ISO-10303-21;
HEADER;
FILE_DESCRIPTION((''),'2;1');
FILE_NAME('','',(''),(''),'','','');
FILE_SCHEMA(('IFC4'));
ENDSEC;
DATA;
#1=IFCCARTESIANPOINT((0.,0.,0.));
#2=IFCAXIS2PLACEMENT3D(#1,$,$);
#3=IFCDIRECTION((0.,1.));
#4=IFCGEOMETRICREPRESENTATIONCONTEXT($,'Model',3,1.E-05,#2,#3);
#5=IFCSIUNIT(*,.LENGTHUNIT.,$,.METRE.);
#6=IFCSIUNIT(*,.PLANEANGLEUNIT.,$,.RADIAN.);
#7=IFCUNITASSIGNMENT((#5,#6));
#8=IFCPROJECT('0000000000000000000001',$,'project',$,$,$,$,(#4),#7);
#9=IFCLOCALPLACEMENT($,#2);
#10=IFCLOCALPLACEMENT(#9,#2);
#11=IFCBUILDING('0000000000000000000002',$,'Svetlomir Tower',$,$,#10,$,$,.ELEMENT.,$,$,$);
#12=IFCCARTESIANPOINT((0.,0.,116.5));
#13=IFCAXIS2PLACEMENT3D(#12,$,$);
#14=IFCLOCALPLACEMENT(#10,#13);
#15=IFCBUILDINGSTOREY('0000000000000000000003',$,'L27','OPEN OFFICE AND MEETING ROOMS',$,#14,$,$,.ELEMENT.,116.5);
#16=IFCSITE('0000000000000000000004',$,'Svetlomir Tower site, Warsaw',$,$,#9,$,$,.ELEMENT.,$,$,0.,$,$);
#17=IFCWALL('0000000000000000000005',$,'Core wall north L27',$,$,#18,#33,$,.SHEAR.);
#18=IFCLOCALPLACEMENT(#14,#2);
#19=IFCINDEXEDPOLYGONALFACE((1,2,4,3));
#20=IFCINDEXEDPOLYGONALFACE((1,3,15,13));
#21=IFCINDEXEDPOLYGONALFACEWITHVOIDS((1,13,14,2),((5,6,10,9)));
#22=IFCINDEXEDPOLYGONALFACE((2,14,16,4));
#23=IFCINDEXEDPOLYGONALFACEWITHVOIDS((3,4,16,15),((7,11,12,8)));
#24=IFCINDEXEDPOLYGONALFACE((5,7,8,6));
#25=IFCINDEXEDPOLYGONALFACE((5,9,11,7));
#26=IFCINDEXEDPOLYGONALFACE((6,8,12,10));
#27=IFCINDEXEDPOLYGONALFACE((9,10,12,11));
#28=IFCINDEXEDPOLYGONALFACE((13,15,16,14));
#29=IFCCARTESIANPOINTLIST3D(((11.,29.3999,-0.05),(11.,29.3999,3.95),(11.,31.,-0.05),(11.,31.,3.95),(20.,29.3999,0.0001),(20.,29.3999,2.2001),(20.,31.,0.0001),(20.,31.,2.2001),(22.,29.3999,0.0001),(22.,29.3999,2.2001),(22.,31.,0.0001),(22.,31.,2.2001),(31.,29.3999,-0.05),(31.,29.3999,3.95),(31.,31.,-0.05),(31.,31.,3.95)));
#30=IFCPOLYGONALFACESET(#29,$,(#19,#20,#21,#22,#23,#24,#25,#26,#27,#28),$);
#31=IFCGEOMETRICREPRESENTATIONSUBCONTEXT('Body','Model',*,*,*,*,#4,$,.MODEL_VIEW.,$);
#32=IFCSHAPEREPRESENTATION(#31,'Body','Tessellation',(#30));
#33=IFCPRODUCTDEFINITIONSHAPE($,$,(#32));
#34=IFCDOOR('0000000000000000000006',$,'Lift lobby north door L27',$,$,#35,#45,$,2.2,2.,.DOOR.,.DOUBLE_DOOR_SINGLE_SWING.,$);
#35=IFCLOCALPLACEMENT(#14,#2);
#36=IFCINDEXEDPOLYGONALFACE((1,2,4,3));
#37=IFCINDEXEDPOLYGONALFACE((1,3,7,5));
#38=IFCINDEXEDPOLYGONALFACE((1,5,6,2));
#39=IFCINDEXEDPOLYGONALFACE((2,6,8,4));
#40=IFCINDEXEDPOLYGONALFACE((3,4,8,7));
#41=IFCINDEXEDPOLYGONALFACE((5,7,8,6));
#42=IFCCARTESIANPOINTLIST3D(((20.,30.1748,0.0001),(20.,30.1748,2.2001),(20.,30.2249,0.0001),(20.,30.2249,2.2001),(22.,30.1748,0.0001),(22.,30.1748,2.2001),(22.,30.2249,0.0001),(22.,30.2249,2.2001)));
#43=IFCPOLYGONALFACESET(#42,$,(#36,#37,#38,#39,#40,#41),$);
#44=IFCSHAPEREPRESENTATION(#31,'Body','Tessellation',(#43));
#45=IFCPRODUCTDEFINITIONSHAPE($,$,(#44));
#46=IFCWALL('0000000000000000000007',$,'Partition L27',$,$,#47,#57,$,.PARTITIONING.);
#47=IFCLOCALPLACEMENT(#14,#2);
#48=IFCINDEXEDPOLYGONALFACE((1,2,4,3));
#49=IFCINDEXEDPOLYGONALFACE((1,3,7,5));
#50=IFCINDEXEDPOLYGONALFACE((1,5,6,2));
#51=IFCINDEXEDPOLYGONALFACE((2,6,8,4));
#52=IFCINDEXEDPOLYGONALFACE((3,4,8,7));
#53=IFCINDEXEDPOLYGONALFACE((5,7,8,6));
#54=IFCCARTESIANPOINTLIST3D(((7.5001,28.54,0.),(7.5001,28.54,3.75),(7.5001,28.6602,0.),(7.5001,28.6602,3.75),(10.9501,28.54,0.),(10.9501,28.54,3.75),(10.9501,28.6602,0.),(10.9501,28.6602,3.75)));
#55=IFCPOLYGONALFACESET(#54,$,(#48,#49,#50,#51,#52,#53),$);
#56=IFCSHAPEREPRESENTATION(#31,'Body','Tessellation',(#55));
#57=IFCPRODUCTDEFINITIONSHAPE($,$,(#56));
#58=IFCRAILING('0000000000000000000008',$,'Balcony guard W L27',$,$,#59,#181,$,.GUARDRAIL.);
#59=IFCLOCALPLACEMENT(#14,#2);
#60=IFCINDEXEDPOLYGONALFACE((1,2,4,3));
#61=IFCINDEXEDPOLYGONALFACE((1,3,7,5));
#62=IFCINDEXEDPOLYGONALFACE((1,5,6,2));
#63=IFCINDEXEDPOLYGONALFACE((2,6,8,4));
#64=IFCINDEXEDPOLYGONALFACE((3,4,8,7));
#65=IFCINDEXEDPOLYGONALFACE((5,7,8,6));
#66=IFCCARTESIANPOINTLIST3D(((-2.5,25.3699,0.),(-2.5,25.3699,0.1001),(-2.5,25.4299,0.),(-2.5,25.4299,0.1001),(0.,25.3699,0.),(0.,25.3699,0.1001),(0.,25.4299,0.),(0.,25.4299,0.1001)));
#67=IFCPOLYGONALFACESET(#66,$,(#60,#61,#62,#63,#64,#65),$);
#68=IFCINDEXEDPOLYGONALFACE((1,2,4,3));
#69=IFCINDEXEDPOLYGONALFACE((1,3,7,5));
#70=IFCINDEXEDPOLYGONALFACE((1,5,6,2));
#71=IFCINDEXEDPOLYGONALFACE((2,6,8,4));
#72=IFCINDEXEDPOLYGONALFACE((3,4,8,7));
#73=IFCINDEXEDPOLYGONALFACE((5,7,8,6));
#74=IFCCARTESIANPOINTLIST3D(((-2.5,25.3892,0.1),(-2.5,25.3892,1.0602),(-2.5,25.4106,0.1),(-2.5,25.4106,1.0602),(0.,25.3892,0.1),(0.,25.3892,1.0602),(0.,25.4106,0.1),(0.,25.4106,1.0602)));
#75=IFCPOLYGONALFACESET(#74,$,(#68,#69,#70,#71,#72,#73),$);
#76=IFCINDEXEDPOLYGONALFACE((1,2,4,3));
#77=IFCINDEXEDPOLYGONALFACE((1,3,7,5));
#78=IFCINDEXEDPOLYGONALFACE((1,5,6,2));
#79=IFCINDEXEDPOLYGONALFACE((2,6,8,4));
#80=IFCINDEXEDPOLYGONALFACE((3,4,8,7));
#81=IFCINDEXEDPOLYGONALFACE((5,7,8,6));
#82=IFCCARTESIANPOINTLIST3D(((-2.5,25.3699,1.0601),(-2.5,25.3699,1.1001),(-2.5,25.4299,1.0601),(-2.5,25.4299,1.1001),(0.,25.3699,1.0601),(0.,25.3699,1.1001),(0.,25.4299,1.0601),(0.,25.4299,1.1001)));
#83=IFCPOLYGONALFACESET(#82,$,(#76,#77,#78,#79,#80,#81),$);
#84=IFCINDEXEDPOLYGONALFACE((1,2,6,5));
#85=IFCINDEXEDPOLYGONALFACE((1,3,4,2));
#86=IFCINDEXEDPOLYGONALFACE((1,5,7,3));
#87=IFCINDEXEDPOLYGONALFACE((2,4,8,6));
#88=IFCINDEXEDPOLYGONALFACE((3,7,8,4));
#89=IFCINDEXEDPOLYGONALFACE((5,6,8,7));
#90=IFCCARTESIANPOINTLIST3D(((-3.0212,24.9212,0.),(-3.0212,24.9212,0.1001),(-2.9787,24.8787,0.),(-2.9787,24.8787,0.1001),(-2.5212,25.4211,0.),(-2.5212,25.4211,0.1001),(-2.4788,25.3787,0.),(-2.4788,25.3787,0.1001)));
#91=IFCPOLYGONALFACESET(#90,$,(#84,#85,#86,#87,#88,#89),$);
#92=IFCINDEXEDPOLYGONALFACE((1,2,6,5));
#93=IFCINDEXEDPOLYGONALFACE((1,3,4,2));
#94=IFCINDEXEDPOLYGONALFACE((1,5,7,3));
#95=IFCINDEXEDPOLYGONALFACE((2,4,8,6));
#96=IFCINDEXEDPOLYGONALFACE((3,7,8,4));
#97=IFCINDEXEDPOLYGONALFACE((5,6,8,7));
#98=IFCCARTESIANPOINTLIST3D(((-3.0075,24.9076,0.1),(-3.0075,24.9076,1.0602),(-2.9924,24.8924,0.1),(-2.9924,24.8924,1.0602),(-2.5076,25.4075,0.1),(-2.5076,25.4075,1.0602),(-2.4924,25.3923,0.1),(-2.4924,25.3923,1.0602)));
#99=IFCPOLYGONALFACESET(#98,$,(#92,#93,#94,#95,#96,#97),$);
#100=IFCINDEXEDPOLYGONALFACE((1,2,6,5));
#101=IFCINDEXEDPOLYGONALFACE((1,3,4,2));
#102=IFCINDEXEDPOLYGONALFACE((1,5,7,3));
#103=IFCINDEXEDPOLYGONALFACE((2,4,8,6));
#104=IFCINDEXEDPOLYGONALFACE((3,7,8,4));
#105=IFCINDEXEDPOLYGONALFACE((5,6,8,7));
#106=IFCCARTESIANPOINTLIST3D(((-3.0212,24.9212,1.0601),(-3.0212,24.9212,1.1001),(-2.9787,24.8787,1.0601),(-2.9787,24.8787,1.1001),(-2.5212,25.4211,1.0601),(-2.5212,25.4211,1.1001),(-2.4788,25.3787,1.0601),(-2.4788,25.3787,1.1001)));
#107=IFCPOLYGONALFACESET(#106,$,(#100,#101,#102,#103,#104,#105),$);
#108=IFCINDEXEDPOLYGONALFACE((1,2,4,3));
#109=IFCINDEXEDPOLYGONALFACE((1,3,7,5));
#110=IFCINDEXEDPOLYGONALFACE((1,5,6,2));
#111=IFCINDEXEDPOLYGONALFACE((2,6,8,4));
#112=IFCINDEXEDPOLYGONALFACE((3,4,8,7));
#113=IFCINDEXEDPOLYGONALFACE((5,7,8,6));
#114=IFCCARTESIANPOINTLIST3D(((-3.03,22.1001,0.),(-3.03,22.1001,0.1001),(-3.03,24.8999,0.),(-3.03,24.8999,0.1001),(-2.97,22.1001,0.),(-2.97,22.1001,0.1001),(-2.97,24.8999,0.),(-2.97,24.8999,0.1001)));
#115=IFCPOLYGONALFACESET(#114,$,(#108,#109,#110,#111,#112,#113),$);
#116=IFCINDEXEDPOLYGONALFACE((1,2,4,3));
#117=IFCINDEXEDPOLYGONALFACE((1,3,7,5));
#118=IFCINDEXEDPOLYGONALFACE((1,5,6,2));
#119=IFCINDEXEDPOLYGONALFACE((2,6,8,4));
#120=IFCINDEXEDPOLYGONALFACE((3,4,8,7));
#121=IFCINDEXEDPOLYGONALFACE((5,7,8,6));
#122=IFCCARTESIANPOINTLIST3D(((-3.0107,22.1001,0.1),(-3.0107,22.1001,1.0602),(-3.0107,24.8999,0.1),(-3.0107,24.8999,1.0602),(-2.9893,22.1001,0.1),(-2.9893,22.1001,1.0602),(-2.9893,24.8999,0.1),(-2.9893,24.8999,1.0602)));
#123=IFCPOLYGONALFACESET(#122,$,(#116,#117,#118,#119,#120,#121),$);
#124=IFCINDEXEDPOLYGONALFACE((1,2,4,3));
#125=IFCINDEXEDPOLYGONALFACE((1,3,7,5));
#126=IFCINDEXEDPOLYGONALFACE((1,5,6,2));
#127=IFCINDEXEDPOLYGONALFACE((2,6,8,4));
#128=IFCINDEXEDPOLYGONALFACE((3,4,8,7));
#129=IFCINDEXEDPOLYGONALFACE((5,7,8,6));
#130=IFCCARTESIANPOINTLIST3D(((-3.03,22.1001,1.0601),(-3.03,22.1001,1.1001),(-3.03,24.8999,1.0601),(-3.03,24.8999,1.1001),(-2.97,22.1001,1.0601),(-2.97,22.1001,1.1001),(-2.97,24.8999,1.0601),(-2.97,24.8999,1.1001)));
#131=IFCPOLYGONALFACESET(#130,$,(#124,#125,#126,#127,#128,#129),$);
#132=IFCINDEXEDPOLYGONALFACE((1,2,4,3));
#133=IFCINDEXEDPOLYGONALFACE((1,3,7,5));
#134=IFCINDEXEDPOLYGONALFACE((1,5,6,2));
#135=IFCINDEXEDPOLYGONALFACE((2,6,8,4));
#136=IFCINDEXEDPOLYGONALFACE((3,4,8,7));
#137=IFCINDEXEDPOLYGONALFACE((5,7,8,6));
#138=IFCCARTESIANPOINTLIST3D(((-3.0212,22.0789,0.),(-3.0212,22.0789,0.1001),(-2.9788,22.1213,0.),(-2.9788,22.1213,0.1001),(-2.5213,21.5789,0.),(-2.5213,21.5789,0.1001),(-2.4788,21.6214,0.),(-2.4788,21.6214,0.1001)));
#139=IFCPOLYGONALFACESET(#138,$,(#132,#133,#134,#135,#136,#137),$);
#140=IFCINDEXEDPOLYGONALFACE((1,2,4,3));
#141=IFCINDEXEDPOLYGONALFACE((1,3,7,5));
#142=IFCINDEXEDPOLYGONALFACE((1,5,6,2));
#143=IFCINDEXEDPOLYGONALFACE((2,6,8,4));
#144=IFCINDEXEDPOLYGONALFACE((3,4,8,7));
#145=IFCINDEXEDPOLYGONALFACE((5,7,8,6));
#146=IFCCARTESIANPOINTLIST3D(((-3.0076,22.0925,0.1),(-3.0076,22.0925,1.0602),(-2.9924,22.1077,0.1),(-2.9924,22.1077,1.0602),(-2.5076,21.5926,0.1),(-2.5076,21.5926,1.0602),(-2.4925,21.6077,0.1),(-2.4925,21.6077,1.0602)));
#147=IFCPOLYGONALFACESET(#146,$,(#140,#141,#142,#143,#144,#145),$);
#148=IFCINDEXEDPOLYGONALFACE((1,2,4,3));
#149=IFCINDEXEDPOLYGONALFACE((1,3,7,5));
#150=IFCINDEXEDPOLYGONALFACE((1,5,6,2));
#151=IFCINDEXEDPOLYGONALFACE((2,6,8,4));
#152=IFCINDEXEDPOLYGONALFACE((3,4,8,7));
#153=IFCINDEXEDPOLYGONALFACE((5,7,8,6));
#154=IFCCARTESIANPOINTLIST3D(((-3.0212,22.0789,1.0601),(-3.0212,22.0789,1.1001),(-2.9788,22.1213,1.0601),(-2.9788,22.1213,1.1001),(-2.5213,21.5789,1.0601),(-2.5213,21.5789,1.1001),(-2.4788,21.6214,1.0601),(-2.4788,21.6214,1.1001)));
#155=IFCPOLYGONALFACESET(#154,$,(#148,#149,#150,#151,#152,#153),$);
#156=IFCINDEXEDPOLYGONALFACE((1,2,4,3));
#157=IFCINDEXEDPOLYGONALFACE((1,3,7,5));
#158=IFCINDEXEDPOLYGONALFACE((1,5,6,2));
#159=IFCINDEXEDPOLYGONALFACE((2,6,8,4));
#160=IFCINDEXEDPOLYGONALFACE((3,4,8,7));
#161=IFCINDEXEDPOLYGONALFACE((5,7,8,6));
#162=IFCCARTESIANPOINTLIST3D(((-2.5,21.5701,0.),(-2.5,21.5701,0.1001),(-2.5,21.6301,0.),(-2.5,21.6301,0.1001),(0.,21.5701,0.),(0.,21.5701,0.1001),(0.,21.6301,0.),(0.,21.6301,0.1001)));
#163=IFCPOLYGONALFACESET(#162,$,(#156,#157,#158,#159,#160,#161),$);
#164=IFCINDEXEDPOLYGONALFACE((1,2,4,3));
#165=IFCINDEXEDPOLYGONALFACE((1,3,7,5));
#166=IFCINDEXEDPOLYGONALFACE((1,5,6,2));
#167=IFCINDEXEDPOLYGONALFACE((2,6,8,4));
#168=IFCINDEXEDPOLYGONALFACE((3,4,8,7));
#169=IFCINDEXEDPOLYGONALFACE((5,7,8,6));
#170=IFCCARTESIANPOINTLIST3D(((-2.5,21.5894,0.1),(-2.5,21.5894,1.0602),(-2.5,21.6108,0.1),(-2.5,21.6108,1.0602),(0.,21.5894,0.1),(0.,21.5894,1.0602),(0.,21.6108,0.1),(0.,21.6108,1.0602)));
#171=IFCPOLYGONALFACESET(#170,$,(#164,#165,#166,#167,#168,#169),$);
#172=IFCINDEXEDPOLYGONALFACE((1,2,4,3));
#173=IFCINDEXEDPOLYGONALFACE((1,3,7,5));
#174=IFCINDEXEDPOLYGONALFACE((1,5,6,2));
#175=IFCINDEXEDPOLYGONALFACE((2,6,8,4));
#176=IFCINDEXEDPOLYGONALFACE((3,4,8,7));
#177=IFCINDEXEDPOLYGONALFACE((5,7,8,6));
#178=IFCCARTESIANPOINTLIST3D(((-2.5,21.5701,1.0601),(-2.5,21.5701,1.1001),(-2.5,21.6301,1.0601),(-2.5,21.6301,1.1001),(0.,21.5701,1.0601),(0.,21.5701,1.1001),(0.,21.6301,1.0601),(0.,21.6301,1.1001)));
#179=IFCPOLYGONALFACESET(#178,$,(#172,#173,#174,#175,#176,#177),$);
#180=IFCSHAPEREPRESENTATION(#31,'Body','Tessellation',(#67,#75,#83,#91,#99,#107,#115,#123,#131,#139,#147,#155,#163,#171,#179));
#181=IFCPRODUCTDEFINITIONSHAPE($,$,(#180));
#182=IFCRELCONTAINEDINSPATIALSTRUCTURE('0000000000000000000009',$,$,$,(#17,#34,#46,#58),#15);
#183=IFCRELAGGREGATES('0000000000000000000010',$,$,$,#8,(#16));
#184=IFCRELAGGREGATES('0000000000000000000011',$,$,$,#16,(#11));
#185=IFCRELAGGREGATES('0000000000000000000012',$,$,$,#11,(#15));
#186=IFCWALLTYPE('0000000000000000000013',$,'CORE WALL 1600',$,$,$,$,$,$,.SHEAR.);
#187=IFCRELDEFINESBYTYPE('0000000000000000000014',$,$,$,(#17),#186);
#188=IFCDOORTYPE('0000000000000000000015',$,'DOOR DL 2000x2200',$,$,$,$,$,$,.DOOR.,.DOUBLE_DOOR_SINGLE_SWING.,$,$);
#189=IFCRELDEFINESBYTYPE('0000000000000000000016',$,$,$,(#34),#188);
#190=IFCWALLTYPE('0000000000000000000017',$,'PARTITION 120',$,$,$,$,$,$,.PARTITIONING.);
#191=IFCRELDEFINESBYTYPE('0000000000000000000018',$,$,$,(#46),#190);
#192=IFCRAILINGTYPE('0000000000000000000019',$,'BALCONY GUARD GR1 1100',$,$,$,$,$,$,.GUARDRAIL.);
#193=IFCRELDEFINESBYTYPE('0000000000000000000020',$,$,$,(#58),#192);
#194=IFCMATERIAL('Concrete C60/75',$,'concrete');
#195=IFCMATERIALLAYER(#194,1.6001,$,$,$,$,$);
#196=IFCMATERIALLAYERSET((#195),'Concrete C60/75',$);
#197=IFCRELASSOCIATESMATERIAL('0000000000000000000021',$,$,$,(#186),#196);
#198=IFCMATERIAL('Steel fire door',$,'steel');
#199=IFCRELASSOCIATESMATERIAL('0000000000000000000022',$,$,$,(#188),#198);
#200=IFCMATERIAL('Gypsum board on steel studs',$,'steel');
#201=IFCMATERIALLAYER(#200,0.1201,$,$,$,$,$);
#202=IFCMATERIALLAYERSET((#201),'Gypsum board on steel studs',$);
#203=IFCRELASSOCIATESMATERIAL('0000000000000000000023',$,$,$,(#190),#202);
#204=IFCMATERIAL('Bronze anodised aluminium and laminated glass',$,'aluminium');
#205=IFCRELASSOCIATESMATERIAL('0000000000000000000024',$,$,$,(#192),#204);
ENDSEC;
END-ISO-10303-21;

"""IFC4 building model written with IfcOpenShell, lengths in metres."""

from ifc_helpers import new_model, si_unit, direction, frame, frame_2d, origin, origin_2d, place, context, subcontext, project, spatial, rectangle, extrude, material, layer, layer_set, type_object, element, fill, save


model = new_model("IFC4")

# Units and contexts
model_context = context("Model", 3, precision=1e-05, world=origin(), true_north=direction((0.0, 1.0)))
body_context = subcontext(model_context, "Body", "Model", "MODEL_VIEW")
ifc_project = project(units=[si_unit("LENGTHUNIT", "METRE"), si_unit("PLANEANGLEUNIT", "RADIAN")], contexts=[model_context])

# Site, building, storey
site_placement = place(None, origin())
site = spatial("IfcSite", under=ifc_project, at=site_placement, Name="Svetlomir Tower site, Warsaw", CompositionType="ELEMENT", RefElevation=0.0)
building_placement = place(site_placement, origin())
building = spatial("IfcBuilding", under=site, at=building_placement, Name="Svetlomir Tower", CompositionType="ELEMENT")
storey_placement = place(building_placement, frame((0.0, 0.0, 116.5)))
storey = spatial("IfcBuildingStorey", under=building, at=storey_placement, Name="L27", Description="OPEN OFFICE AND MEETING ROOMS", CompositionType="ELEMENT", Elevation=116.5)

# Wall, opening, door
ifc_material_1 = material(Name="Concrete C60/75", Category="concrete")
ifc_layer_1 = layer(ifc_material_1, 1.6001)
ifc_layer_set_1 = layer_set([ifc_layer_1], Name="Concrete C60/75")
wall_type_1 = type_object("IfcWallType", Name="CORE WALL 1600", PredefinedType="SHEAR", material=ifc_layer_set_1)
wall_1_placement = place(storey_placement, frame((11.0, 30.2, -0.05), z_axis=(0.0, 0.0, 1.0), x_axis=(1.0, 0.0, 0.0)))
wall_1 = element("IfcWall", 1, at=wall_1_placement, inside=storey, type_object=wall_type_1, Name="Core wall north L27", PredefinedType="SHEAR", context=body_context, shape_type="SweptSolid", body=[
    extrude(rectangle(XDim=20.0, YDim=1.6001, at=frame_2d((10.0, 0.0))), origin(), (0.0, 0.0, 1.0), 4.0),
])
opening_1_placement = place(wall_1_placement, frame((9.0, 0.0, 0.05)))
opening_1 = element("IfcOpeningElement", 2, at=opening_1_placement, cuts=wall_1, PredefinedType="OPENING", context=body_context, shape_type="SweptSolid", body=[
    extrude(rectangle(XDim=2.0, YDim=2.2, at=frame_2d((1.0, 1.1001))), frame((0.0, 0.8101, 0.0), z_axis=(0.0, -1.0, 0.0), x_axis=(1.0, 0.0, 0.0)), (0.0, 0.0, 1.0), 1.6201),
])
ifc_material_2 = material(Name="Steel fire door", Category="steel")
door_type_1 = type_object("IfcDoorType", Name="DOOR DL 2000x2200", OperationType="DOUBLE_DOOR_SINGLE_SWING", PredefinedType="DOOR", material=ifc_material_2)
door_1_placement = place(opening_1_placement, origin())
door_1 = element("IfcDoor", 3, at=door_1_placement, inside=storey, type_object=door_type_1, Name="Lift lobby north door L27", OperationType="DOUBLE_DOOR_SINGLE_SWING", OverallHeight=2.2, OverallWidth=2.0, PredefinedType="DOOR", context=body_context, shape_type="SweptSolid", body=[
    extrude(rectangle(XDim=2.0, YDim=2.2, at=frame_2d((1.0, 1.1001))), frame((0.0, 0.0249, 0.0), z_axis=(0.0, -1.0, 0.0), x_axis=(1.0, 0.0, 0.0)), (0.0, 0.0, 1.0), 0.05),
])
fill(opening_1, door_1)

# Wall
ifc_material_3 = material(Name="Gypsum board on steel studs", Category="steel")
ifc_layer_2 = layer(ifc_material_3, 0.1201)
ifc_layer_set_2 = layer_set([ifc_layer_2], Name="Gypsum board on steel studs")
wall_type_2 = type_object("IfcWallType", Name="PARTITION 120", PredefinedType="PARTITIONING", material=ifc_layer_set_2)
wall_2_placement = place(storey_placement, frame((7.5, 28.6001, 0.0), z_axis=(0.0, 0.0, 1.0), x_axis=(1.0, 0.0, 0.0)))
element("IfcWall", 4, at=wall_2_placement, inside=storey, type_object=wall_type_2, Name="Partition L27", PredefinedType="PARTITIONING", context=body_context, shape_type="SweptSolid", body=[
    extrude(rectangle(XDim=3.45, YDim=0.1201, at=frame_2d((1.7251, 0.0))), origin(), (0.0, 0.0, 1.0), 3.75),
])

# Railing
ifc_material_4 = material(Name="Bronze anodised aluminium and laminated glass", Category="aluminium")
railing_type = type_object("IfcRailingType", Name="BALCONY GUARD GR1 1100", PredefinedType="GUARDRAIL", material=ifc_material_4)
railing_placement = place(storey_placement, frame((0.0, 25.3999, 0.0)))
element("IfcRailing", 5, at=railing_placement, inside=storey, type_object=railing_type, Name="Balcony guard W L27", PredefinedType="GUARDRAIL", context=body_context, shape_type="SweptSolid", body=[
    extrude(rectangle(XDim=0.0601, YDim=0.1001, at=origin_2d()), frame((0.0, 0.0, 0.05), z_axis=(-1.0, 0.0, 0.0), x_axis=(0.0, -1.0, 0.0)), (0.0, 0.0, 1.0), 2.5),
    extrude(rectangle(XDim=0.0215, YDim=0.9602, at=origin_2d()), frame((0.0, 0.0, 0.5801), z_axis=(-1.0, 0.0, 0.0), x_axis=(0.0, -1.0, 0.0)), (0.0, 0.0, 1.0), 2.5),
    extrude(rectangle(XDim=0.0601, YDim=0.04, at=origin_2d()), frame((0.0, 0.0, 1.0801), z_axis=(-1.0, 0.0, 0.0), x_axis=(0.0, -1.0, 0.0)), (0.0, 0.0, 1.0), 2.5),
    extrude(rectangle(XDim=0.0601, YDim=0.1001, at=origin_2d()), frame((-2.5, 0.0, 0.05), z_axis=(-0.707107, -0.707107, 0.0), x_axis=(0.707107, -0.707107, 0.0)), (0.0, 0.0, 1.0), 0.707),
    extrude(rectangle(XDim=0.0215, YDim=0.9602, at=origin_2d()), frame((-2.5, 0.0, 0.5801), z_axis=(-0.707107, -0.707107, 0.0), x_axis=(0.707107, -0.707107, 0.0)), (0.0, 0.0, 1.0), 0.707),
    extrude(rectangle(XDim=0.0601, YDim=0.04, at=origin_2d()), frame((-2.5, 0.0, 1.0801), z_axis=(-0.707107, -0.707107, 0.0), x_axis=(0.707107, -0.707107, 0.0)), (0.0, 0.0, 1.0), 0.707),
    extrude(rectangle(XDim=0.0601, YDim=0.1001, at=origin_2d()), frame((-3.0, -0.5, 0.05), z_axis=(0.0, -1.0, 0.0), x_axis=(1.0, 0.0, 0.0)), (0.0, 0.0, 1.0), 2.7998),
    extrude(rectangle(XDim=0.0215, YDim=0.9602, at=origin_2d()), frame((-3.0, -0.5, 0.5801), z_axis=(0.0, -1.0, 0.0), x_axis=(1.0, 0.0, 0.0)), (0.0, 0.0, 1.0), 2.7998),
    extrude(rectangle(XDim=0.0601, YDim=0.04, at=origin_2d()), frame((-3.0, -0.5, 1.0801), z_axis=(0.0, -1.0, 0.0), x_axis=(1.0, 0.0, 0.0)), (0.0, 0.0, 1.0), 2.7998),
    extrude(rectangle(XDim=0.0601, YDim=0.1001, at=origin_2d()), frame((-3.0, -3.2998, 0.05), z_axis=(0.707107, -0.707107, 0.0), x_axis=(0.707107, 0.707107, 0.0)), (0.0, 0.0, 1.0), 0.707),
    extrude(rectangle(XDim=0.0215, YDim=0.9602, at=origin_2d()), frame((-3.0, -3.2998, 0.5801), z_axis=(0.707107, -0.707107, 0.0), x_axis=(0.707107, 0.707107, 0.0)), (0.0, 0.0, 1.0), 0.707),
    extrude(rectangle(XDim=0.0601, YDim=0.04, at=origin_2d()), frame((-3.0, -3.2998, 1.0801), z_axis=(0.707107, -0.707107, 0.0), x_axis=(0.707107, 0.707107, 0.0)), (0.0, 0.0, 1.0), 0.707),
    extrude(rectangle(XDim=0.0601, YDim=0.1001, at=origin_2d()), frame((-2.5, -3.7998, 0.05), z_axis=(1.0, 0.0, 0.0), x_axis=(0.0, 1.0, 0.0)), (0.0, 0.0, 1.0), 2.5),
    extrude(rectangle(XDim=0.0215, YDim=0.9602, at=origin_2d()), frame((-2.5, -3.7998, 0.5801), z_axis=(1.0, 0.0, 0.0), x_axis=(0.0, 1.0, 0.0)), (0.0, 0.0, 1.0), 2.5),
    extrude(rectangle(XDim=0.0601, YDim=0.04, at=origin_2d()), frame((-2.5, -3.7998, 1.0801), z_axis=(1.0, 0.0, 0.0), x_axis=(0.0, 1.0, 0.0)), (0.0, 0.0, 1.0), 2.5),
])

save(model, "model.ifc")
